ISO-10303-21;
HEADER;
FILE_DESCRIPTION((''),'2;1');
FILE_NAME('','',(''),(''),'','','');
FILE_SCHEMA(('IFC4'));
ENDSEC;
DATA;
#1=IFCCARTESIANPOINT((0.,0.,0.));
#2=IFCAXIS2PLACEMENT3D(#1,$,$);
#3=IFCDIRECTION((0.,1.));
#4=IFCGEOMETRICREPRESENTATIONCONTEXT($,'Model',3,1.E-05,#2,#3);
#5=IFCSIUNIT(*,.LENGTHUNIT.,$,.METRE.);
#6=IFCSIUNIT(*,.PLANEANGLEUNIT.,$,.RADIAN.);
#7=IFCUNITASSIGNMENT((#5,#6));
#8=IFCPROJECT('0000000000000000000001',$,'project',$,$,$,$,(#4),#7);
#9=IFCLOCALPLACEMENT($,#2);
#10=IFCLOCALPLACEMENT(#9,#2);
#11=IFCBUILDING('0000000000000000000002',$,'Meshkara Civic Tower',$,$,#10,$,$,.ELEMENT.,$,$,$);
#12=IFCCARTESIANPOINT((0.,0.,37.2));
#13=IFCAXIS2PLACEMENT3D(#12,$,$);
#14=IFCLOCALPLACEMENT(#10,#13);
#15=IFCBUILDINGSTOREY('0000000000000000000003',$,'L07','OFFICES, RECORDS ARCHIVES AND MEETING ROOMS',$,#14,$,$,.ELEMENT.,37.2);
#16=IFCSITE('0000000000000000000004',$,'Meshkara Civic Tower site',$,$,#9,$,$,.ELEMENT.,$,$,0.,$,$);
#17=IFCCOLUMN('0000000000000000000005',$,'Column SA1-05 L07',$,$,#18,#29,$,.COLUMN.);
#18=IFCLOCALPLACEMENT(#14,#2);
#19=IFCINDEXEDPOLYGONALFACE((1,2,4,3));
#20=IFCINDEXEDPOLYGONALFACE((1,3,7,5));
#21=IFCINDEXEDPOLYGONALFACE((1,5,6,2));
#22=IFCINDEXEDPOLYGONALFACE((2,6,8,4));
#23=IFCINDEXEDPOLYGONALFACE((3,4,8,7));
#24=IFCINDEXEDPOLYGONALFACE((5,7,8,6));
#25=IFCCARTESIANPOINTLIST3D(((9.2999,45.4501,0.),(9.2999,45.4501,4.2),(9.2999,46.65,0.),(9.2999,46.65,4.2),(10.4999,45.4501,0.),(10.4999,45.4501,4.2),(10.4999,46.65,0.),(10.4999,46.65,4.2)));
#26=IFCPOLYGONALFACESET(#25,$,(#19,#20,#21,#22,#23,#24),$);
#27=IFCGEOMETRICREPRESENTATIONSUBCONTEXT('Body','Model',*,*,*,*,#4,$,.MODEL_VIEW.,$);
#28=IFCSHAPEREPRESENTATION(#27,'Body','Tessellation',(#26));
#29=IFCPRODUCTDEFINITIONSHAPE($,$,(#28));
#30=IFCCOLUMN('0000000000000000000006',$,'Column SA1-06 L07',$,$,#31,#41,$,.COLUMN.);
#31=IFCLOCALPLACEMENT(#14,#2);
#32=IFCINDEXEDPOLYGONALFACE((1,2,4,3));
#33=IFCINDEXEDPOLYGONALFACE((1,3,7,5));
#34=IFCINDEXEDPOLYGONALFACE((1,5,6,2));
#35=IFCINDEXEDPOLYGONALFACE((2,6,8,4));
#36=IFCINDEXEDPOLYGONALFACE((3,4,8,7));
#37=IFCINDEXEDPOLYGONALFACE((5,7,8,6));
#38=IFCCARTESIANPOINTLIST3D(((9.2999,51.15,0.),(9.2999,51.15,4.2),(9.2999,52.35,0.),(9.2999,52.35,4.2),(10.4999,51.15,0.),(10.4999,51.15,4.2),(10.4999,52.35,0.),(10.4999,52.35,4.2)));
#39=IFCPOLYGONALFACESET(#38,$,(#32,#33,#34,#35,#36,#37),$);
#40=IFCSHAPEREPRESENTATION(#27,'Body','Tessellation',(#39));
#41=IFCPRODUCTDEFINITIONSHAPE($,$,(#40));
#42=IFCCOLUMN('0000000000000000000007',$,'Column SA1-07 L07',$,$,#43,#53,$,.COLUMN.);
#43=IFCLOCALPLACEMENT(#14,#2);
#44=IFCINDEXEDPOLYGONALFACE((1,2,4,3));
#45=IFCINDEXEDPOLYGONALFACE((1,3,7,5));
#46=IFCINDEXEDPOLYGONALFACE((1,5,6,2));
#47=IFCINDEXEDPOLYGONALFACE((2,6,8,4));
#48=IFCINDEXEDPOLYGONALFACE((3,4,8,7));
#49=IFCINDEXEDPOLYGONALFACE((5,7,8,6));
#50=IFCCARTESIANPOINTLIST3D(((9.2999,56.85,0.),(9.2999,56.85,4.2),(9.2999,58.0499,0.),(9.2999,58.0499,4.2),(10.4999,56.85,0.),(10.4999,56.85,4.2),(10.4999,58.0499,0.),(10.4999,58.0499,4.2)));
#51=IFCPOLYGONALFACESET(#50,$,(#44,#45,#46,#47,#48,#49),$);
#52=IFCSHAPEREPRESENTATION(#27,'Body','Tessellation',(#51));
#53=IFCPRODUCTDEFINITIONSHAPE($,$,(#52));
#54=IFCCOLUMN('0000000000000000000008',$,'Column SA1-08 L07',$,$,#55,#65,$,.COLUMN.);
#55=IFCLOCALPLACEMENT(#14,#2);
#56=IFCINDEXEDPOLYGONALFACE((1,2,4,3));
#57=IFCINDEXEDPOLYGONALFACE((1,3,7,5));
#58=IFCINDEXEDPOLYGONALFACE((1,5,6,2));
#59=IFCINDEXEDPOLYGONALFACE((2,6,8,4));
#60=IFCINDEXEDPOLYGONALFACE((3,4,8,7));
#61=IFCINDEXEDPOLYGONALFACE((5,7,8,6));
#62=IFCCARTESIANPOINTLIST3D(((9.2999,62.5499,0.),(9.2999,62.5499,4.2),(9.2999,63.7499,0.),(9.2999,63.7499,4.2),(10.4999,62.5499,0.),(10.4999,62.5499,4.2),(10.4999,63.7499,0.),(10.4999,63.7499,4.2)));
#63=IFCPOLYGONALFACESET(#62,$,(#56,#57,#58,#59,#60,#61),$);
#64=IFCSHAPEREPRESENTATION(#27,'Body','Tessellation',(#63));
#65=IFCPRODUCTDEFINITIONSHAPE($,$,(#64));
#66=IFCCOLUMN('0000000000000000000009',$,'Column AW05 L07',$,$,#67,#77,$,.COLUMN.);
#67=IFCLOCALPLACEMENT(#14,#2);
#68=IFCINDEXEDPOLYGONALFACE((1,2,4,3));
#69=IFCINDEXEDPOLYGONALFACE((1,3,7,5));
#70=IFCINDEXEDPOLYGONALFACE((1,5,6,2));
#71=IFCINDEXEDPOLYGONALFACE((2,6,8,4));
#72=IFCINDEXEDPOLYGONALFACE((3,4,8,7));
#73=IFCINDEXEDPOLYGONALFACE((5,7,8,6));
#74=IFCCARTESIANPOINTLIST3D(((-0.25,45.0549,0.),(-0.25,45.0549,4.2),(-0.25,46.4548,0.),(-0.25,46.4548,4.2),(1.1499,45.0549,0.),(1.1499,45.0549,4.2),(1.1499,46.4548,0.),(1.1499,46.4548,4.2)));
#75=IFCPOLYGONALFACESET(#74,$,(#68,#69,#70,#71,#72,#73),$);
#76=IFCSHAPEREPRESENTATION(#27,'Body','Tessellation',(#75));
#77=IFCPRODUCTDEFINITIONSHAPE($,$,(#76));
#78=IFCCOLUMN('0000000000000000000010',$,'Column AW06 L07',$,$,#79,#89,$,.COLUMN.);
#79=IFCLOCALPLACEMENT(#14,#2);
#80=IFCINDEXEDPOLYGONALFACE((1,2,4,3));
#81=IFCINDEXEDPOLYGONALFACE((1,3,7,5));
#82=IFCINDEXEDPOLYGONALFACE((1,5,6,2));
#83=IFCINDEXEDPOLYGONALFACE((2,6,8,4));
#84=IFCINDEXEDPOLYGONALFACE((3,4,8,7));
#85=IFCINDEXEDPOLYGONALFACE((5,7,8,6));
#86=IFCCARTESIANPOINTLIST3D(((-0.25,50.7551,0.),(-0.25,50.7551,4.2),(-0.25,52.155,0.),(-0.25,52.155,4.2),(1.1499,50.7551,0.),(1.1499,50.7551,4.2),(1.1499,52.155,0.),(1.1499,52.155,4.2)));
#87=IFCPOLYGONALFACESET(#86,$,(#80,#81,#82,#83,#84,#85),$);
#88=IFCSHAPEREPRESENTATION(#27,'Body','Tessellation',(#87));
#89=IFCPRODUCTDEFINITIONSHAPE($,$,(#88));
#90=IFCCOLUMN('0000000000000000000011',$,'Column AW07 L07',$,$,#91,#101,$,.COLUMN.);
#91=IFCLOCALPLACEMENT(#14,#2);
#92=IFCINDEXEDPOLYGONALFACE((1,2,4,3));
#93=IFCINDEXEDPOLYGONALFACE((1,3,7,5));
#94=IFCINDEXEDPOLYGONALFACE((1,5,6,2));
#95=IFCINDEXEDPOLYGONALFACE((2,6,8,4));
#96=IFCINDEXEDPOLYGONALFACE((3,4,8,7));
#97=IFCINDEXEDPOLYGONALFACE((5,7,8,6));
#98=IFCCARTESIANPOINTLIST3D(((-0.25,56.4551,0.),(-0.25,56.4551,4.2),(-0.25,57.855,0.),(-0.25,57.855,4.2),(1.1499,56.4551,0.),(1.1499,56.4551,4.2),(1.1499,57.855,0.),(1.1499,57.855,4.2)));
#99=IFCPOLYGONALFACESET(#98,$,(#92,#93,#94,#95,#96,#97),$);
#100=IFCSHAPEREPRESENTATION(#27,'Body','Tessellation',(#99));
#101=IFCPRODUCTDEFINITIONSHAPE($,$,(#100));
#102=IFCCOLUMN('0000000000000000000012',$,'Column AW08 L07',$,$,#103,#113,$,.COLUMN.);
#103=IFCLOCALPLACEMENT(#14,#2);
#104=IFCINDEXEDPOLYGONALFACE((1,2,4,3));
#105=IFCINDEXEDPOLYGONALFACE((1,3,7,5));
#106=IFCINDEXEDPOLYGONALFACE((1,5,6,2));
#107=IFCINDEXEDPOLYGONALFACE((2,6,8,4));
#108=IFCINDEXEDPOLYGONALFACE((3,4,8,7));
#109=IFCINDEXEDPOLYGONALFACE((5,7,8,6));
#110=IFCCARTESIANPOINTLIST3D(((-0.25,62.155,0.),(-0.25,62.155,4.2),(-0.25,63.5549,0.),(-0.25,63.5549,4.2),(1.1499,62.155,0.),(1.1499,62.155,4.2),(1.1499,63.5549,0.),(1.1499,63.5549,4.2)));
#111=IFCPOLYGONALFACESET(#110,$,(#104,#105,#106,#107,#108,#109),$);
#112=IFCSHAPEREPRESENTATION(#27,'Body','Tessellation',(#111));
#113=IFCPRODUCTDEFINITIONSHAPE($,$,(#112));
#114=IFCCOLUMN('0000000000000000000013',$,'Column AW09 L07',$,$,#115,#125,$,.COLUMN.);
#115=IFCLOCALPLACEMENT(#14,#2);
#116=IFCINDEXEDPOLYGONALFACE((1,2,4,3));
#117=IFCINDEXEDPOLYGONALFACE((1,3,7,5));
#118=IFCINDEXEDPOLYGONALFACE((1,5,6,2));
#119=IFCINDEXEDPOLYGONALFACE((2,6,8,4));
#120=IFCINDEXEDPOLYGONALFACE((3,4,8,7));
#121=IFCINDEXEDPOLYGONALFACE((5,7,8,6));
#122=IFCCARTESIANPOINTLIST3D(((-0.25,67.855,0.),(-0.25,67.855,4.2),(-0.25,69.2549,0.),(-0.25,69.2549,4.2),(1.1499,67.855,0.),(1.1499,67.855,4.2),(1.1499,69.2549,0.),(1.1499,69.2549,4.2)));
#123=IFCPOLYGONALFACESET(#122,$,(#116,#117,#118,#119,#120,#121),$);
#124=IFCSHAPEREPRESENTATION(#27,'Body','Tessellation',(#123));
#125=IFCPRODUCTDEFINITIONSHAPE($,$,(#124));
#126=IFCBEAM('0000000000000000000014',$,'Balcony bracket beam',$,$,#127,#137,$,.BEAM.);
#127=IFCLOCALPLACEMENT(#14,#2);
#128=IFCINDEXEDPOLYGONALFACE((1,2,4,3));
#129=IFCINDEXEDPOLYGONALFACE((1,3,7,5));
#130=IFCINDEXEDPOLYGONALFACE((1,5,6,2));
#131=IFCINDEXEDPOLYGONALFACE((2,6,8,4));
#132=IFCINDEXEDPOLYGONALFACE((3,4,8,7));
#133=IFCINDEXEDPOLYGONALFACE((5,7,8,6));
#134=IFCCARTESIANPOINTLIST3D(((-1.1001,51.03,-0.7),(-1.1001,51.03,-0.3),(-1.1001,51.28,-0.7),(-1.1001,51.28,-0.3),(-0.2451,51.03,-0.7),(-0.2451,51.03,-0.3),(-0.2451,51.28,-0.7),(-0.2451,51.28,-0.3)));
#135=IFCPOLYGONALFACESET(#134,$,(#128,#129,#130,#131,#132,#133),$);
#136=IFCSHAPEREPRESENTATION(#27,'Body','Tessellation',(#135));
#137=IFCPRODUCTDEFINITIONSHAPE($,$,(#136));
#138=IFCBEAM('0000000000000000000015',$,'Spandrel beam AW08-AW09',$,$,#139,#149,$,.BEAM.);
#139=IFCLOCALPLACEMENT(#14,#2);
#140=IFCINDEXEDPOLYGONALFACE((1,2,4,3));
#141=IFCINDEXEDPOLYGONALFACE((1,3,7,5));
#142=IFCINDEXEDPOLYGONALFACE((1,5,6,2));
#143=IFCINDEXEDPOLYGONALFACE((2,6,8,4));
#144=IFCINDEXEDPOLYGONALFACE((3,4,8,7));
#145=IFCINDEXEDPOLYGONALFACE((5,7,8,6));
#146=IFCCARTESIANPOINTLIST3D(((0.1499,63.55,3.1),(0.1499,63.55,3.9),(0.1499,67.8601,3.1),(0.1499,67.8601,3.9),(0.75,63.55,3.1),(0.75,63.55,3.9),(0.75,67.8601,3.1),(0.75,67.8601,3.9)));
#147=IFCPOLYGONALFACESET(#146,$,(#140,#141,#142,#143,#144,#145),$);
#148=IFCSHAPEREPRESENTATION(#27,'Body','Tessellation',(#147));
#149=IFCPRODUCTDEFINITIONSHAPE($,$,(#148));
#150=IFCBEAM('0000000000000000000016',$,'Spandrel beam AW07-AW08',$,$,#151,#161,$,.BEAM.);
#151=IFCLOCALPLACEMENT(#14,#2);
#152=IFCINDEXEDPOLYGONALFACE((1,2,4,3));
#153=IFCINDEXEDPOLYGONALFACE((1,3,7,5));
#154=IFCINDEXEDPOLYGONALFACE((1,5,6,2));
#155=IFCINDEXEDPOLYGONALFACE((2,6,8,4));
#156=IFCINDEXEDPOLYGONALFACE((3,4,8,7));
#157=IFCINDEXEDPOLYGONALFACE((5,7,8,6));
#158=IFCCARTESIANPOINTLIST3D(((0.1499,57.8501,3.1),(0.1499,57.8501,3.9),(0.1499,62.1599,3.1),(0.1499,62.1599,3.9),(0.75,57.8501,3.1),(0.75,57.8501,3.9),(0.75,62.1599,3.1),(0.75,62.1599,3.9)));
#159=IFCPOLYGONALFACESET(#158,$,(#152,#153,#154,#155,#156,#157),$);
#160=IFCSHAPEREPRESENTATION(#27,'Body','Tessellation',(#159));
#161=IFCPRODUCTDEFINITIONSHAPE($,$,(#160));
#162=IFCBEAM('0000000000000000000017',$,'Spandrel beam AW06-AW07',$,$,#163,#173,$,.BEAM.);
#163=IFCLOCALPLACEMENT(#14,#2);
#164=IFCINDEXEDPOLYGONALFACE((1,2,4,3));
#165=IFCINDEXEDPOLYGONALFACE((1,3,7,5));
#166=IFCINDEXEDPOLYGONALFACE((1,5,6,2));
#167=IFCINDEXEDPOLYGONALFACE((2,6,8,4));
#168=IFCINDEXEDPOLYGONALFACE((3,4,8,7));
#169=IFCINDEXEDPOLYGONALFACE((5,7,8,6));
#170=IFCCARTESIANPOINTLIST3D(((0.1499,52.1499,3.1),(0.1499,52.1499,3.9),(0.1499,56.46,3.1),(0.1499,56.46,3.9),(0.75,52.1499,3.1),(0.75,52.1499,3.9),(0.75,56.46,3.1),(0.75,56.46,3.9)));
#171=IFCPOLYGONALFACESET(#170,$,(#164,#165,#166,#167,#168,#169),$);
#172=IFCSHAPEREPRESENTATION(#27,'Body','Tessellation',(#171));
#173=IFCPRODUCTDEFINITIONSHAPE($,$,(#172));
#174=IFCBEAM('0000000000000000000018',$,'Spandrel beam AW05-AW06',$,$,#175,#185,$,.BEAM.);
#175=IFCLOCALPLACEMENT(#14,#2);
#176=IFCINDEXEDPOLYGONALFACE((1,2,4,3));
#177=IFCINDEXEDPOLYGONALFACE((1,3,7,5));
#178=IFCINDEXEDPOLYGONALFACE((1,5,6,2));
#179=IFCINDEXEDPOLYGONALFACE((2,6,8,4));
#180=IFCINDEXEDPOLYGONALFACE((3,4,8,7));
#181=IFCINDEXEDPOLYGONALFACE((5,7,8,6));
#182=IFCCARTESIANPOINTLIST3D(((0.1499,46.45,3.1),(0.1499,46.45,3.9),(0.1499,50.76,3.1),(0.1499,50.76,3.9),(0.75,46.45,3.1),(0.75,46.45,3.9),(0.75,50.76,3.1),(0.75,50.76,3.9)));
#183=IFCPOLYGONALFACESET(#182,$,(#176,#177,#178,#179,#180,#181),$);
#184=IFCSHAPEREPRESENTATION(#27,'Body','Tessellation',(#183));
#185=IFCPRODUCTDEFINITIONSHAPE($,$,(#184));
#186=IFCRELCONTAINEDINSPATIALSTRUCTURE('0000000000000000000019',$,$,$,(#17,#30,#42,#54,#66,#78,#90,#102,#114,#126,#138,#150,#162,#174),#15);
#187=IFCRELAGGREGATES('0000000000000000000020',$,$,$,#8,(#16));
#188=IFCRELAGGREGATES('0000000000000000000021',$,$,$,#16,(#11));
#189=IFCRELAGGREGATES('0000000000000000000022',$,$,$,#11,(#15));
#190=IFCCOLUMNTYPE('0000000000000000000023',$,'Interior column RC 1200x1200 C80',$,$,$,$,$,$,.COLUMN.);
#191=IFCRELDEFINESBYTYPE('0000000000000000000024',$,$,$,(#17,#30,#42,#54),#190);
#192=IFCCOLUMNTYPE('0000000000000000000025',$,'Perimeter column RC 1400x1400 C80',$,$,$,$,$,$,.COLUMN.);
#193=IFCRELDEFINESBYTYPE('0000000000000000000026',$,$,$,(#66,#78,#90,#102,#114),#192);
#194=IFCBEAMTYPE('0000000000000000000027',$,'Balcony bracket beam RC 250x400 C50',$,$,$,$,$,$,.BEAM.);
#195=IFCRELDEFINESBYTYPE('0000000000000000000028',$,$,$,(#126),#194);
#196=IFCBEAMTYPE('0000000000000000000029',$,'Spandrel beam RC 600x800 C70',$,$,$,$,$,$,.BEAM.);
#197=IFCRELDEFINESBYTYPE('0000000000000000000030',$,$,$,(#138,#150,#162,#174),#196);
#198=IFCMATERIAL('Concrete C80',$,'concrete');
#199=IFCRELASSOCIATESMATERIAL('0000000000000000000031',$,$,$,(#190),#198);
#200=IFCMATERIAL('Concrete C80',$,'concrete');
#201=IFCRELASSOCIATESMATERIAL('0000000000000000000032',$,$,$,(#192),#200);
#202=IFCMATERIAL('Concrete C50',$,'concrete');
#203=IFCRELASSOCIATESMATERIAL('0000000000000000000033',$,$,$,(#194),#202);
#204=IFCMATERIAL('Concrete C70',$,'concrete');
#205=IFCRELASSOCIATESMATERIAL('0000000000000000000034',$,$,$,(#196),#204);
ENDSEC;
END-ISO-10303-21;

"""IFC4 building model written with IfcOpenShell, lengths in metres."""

from ifc_helpers import new_model, si_unit, direction, frame, origin, origin_2d, place, context, subcontext, project, spatial, rectangle, extrude, material, material_profile, profile_set, type_object, element, save


model = new_model("IFC4")

# Units and contexts
model_context = context("Model", 3, precision=1e-05, world=origin(), true_north=direction((0.0, 1.0)))
body_context = subcontext(model_context, "Body", "Model", "MODEL_VIEW")
ifc_project = project(units=[si_unit("LENGTHUNIT", "METRE"), si_unit("PLANEANGLEUNIT", "RADIAN")], contexts=[model_context])

# Site, building, storey
site_placement = place(None, origin())
site = spatial("IfcSite", under=ifc_project, at=site_placement, Name="Meshkara Civic Tower site", CompositionType="ELEMENT", RefElevation=0.0)
building_placement = place(site_placement, origin())
building = spatial("IfcBuilding", under=site, at=building_placement, Name="Meshkara Civic Tower", CompositionType="ELEMENT")
storey_placement = place(building_placement, frame((0.0, 0.0, 37.2)))
storey = spatial("IfcBuildingStorey", under=building, at=storey_placement, Name="L07", Description="OFFICES, RECORDS ARCHIVES AND MEETING ROOMS", CompositionType="ELEMENT", Elevation=37.2)

# Columns
ifc_material_1 = material(Name="Concrete C80", Category="concrete")
ifc_material_profile_1 = material_profile(ifc_material_1, rectangle(XDim=1.2, YDim=1.2, at=origin_2d()))
ifc_profile_set_1 = profile_set([ifc_material_profile_1], Name="Concrete C80")
column_type_1 = type_object("IfcColumnType", Name="Interior column RC 1200x1200 C80", PredefinedType="COLUMN", material=ifc_profile_set_1)
for number, where, z_axis, x_axis, name in (
    (1, (9.8999, 46.05, 0.0), (0.0, 0.0, 1.0), (1.0, 0.0, 0.0), "Column SA1-05 L07"),
    (2, (9.8999, 51.75, 0.0), (0.0, 0.0, 1.0), (1.0, 0.0, 0.0), "Column SA1-06 L07"),
    (3, (9.8999, 57.45, 0.0), (0.0, 0.0, 1.0), (1.0, 0.0, 0.0), "Column SA1-07 L07"),
    (4, (9.8999, 63.1499, 0.0), (0.0, 0.0, 1.0), (1.0, 0.0, 0.0), "Column SA1-08 L07"),
):
    element("IfcColumn", number, at=place(storey_placement, frame(where, z_axis=z_axis, x_axis=x_axis)), inside=storey, type_object=column_type_1, Name=name, PredefinedType="COLUMN", context=body_context, shape_type="SweptSolid", body=[
        extrude(rectangle(XDim=1.2, YDim=1.2, at=origin_2d()), origin(), (0.0, 0.0, 1.0), 4.2),
    ])
ifc_material_2 = material(Name="Concrete C80", Category="concrete")
ifc_material_profile_2 = material_profile(ifc_material_2, rectangle(XDim=1.3999, YDim=1.3999, at=origin_2d()))
ifc_profile_set_2 = profile_set([ifc_material_profile_2], Name="Concrete C80")
column_type_2 = type_object("IfcColumnType", Name="Perimeter column RC 1400x1400 C80", PredefinedType="COLUMN", material=ifc_profile_set_2)
for number, where, z_axis, x_axis, name in (
    (5, (0.45, 45.7549, 0.0), (0.0, 0.0, 1.0), (1.0, 0.0, 0.0), "Column AW05 L07"),
    (6, (0.45, 51.4551, 0.0), (0.0, 0.0, 1.0), (1.0, 0.0, 0.0), "Column AW06 L07"),
    (7, (0.45, 57.155, 0.0), (0.0, 0.0, 1.0), (1.0, 0.0, 0.0), "Column AW07 L07"),
    (8, (0.45, 62.855, 0.0), (0.0, 0.0, 1.0), (1.0, 0.0, 0.0), "Column AW08 L07"),
    (9, (0.45, 68.5549, 0.0), (0.0, 0.0, 1.0), (1.0, 0.0, 0.0), "Column AW09 L07"),
):
    element("IfcColumn", number, at=place(storey_placement, frame(where, z_axis=z_axis, x_axis=x_axis)), inside=storey, type_object=column_type_2, Name=name, PredefinedType="COLUMN", context=body_context, shape_type="SweptSolid", body=[
        extrude(rectangle(XDim=1.3999, YDim=1.3999, at=origin_2d()), origin(), (0.0, 0.0, 1.0), 4.2),
    ])

# Beams
ifc_material_3 = material(Name="Concrete C50", Category="concrete")
ifc_material_profile_3 = material_profile(ifc_material_3, rectangle(XDim=0.25, YDim=0.3999, at=origin_2d()))
ifc_profile_set_3 = profile_set([ifc_material_profile_3], Name="Concrete C50")
beam_type_1 = type_object("IfcBeamType", Name="Balcony bracket beam RC 250x400 C50", PredefinedType="BEAM", material=ifc_profile_set_3)
beam_1_placement = place(storey_placement, frame((-0.2451, 51.155, -0.5), z_axis=(-1.0, 0.0, 0.0), x_axis=(0.0, -1.0, 0.0)))
element("IfcBeam", 10, at=beam_1_placement, inside=storey, type_object=beam_type_1, Name="Balcony bracket beam", PredefinedType="BEAM", context=body_context, shape_type="SweptSolid", body=[
    extrude(rectangle(XDim=0.25, YDim=0.3999, at=origin_2d()), origin(), (0.0, 0.0, 1.0), 0.855),
])
ifc_material_4 = material(Name="Concrete C70", Category="concrete")
ifc_material_profile_4 = material_profile(ifc_material_4, rectangle(XDim=0.6001, YDim=0.8, at=origin_2d()))
ifc_profile_set_4 = profile_set([ifc_material_profile_4], Name="Concrete C70")
beam_type_2 = type_object("IfcBeamType", Name="Spandrel beam RC 600x800 C70", PredefinedType="BEAM", material=ifc_profile_set_4)
beam_2_placement = place(storey_placement, frame((0.45, 67.8601, 3.5), z_axis=(0.0, -1.0, 0.0), x_axis=(1.0, 0.0, 0.0)))
element("IfcBeam", 11, at=beam_2_placement, inside=storey, type_object=beam_type_2, Name="Spandrel beam AW08-AW09", PredefinedType="BEAM", context=body_context, shape_type="SweptSolid", body=[
    extrude(rectangle(XDim=0.6001, YDim=0.8, at=origin_2d()), origin(), (0.0, 0.0, 1.0), 4.3101),
])
beam_3_placement = place(storey_placement, frame((0.45, 62.1599, 3.5), z_axis=(0.0, -1.0, 0.0), x_axis=(1.0, 0.0, 0.0)))
element("IfcBeam", 12, at=beam_3_placement, inside=storey, type_object=beam_type_2, Name="Spandrel beam AW07-AW08", PredefinedType="BEAM", context=body_context, shape_type="SweptSolid", body=[
    extrude(rectangle(XDim=0.6001, YDim=0.8, at=origin_2d()), origin(), (0.0, 0.0, 1.0), 4.3098),
])
for number, where, z_axis, x_axis, name in (
    (13, (0.45, 56.46, 3.5), (0.0, -1.0, 0.0), (1.0, 0.0, 0.0), "Spandrel beam AW06-AW07"),
    (14, (0.45, 50.76, 3.5), (0.0, -1.0, 0.0), (1.0, 0.0, 0.0), "Spandrel beam AW05-AW06"),
):
    element("IfcBeam", number, at=place(storey_placement, frame(where, z_axis=z_axis, x_axis=x_axis)), inside=storey, type_object=beam_type_2, Name=name, PredefinedType="BEAM", context=body_context, shape_type="SweptSolid", body=[
        extrude(rectangle(XDim=0.6001, YDim=0.8, at=origin_2d()), origin(), (0.0, 0.0, 1.0), 4.3101),
    ])

save(model, "model.ifc")
